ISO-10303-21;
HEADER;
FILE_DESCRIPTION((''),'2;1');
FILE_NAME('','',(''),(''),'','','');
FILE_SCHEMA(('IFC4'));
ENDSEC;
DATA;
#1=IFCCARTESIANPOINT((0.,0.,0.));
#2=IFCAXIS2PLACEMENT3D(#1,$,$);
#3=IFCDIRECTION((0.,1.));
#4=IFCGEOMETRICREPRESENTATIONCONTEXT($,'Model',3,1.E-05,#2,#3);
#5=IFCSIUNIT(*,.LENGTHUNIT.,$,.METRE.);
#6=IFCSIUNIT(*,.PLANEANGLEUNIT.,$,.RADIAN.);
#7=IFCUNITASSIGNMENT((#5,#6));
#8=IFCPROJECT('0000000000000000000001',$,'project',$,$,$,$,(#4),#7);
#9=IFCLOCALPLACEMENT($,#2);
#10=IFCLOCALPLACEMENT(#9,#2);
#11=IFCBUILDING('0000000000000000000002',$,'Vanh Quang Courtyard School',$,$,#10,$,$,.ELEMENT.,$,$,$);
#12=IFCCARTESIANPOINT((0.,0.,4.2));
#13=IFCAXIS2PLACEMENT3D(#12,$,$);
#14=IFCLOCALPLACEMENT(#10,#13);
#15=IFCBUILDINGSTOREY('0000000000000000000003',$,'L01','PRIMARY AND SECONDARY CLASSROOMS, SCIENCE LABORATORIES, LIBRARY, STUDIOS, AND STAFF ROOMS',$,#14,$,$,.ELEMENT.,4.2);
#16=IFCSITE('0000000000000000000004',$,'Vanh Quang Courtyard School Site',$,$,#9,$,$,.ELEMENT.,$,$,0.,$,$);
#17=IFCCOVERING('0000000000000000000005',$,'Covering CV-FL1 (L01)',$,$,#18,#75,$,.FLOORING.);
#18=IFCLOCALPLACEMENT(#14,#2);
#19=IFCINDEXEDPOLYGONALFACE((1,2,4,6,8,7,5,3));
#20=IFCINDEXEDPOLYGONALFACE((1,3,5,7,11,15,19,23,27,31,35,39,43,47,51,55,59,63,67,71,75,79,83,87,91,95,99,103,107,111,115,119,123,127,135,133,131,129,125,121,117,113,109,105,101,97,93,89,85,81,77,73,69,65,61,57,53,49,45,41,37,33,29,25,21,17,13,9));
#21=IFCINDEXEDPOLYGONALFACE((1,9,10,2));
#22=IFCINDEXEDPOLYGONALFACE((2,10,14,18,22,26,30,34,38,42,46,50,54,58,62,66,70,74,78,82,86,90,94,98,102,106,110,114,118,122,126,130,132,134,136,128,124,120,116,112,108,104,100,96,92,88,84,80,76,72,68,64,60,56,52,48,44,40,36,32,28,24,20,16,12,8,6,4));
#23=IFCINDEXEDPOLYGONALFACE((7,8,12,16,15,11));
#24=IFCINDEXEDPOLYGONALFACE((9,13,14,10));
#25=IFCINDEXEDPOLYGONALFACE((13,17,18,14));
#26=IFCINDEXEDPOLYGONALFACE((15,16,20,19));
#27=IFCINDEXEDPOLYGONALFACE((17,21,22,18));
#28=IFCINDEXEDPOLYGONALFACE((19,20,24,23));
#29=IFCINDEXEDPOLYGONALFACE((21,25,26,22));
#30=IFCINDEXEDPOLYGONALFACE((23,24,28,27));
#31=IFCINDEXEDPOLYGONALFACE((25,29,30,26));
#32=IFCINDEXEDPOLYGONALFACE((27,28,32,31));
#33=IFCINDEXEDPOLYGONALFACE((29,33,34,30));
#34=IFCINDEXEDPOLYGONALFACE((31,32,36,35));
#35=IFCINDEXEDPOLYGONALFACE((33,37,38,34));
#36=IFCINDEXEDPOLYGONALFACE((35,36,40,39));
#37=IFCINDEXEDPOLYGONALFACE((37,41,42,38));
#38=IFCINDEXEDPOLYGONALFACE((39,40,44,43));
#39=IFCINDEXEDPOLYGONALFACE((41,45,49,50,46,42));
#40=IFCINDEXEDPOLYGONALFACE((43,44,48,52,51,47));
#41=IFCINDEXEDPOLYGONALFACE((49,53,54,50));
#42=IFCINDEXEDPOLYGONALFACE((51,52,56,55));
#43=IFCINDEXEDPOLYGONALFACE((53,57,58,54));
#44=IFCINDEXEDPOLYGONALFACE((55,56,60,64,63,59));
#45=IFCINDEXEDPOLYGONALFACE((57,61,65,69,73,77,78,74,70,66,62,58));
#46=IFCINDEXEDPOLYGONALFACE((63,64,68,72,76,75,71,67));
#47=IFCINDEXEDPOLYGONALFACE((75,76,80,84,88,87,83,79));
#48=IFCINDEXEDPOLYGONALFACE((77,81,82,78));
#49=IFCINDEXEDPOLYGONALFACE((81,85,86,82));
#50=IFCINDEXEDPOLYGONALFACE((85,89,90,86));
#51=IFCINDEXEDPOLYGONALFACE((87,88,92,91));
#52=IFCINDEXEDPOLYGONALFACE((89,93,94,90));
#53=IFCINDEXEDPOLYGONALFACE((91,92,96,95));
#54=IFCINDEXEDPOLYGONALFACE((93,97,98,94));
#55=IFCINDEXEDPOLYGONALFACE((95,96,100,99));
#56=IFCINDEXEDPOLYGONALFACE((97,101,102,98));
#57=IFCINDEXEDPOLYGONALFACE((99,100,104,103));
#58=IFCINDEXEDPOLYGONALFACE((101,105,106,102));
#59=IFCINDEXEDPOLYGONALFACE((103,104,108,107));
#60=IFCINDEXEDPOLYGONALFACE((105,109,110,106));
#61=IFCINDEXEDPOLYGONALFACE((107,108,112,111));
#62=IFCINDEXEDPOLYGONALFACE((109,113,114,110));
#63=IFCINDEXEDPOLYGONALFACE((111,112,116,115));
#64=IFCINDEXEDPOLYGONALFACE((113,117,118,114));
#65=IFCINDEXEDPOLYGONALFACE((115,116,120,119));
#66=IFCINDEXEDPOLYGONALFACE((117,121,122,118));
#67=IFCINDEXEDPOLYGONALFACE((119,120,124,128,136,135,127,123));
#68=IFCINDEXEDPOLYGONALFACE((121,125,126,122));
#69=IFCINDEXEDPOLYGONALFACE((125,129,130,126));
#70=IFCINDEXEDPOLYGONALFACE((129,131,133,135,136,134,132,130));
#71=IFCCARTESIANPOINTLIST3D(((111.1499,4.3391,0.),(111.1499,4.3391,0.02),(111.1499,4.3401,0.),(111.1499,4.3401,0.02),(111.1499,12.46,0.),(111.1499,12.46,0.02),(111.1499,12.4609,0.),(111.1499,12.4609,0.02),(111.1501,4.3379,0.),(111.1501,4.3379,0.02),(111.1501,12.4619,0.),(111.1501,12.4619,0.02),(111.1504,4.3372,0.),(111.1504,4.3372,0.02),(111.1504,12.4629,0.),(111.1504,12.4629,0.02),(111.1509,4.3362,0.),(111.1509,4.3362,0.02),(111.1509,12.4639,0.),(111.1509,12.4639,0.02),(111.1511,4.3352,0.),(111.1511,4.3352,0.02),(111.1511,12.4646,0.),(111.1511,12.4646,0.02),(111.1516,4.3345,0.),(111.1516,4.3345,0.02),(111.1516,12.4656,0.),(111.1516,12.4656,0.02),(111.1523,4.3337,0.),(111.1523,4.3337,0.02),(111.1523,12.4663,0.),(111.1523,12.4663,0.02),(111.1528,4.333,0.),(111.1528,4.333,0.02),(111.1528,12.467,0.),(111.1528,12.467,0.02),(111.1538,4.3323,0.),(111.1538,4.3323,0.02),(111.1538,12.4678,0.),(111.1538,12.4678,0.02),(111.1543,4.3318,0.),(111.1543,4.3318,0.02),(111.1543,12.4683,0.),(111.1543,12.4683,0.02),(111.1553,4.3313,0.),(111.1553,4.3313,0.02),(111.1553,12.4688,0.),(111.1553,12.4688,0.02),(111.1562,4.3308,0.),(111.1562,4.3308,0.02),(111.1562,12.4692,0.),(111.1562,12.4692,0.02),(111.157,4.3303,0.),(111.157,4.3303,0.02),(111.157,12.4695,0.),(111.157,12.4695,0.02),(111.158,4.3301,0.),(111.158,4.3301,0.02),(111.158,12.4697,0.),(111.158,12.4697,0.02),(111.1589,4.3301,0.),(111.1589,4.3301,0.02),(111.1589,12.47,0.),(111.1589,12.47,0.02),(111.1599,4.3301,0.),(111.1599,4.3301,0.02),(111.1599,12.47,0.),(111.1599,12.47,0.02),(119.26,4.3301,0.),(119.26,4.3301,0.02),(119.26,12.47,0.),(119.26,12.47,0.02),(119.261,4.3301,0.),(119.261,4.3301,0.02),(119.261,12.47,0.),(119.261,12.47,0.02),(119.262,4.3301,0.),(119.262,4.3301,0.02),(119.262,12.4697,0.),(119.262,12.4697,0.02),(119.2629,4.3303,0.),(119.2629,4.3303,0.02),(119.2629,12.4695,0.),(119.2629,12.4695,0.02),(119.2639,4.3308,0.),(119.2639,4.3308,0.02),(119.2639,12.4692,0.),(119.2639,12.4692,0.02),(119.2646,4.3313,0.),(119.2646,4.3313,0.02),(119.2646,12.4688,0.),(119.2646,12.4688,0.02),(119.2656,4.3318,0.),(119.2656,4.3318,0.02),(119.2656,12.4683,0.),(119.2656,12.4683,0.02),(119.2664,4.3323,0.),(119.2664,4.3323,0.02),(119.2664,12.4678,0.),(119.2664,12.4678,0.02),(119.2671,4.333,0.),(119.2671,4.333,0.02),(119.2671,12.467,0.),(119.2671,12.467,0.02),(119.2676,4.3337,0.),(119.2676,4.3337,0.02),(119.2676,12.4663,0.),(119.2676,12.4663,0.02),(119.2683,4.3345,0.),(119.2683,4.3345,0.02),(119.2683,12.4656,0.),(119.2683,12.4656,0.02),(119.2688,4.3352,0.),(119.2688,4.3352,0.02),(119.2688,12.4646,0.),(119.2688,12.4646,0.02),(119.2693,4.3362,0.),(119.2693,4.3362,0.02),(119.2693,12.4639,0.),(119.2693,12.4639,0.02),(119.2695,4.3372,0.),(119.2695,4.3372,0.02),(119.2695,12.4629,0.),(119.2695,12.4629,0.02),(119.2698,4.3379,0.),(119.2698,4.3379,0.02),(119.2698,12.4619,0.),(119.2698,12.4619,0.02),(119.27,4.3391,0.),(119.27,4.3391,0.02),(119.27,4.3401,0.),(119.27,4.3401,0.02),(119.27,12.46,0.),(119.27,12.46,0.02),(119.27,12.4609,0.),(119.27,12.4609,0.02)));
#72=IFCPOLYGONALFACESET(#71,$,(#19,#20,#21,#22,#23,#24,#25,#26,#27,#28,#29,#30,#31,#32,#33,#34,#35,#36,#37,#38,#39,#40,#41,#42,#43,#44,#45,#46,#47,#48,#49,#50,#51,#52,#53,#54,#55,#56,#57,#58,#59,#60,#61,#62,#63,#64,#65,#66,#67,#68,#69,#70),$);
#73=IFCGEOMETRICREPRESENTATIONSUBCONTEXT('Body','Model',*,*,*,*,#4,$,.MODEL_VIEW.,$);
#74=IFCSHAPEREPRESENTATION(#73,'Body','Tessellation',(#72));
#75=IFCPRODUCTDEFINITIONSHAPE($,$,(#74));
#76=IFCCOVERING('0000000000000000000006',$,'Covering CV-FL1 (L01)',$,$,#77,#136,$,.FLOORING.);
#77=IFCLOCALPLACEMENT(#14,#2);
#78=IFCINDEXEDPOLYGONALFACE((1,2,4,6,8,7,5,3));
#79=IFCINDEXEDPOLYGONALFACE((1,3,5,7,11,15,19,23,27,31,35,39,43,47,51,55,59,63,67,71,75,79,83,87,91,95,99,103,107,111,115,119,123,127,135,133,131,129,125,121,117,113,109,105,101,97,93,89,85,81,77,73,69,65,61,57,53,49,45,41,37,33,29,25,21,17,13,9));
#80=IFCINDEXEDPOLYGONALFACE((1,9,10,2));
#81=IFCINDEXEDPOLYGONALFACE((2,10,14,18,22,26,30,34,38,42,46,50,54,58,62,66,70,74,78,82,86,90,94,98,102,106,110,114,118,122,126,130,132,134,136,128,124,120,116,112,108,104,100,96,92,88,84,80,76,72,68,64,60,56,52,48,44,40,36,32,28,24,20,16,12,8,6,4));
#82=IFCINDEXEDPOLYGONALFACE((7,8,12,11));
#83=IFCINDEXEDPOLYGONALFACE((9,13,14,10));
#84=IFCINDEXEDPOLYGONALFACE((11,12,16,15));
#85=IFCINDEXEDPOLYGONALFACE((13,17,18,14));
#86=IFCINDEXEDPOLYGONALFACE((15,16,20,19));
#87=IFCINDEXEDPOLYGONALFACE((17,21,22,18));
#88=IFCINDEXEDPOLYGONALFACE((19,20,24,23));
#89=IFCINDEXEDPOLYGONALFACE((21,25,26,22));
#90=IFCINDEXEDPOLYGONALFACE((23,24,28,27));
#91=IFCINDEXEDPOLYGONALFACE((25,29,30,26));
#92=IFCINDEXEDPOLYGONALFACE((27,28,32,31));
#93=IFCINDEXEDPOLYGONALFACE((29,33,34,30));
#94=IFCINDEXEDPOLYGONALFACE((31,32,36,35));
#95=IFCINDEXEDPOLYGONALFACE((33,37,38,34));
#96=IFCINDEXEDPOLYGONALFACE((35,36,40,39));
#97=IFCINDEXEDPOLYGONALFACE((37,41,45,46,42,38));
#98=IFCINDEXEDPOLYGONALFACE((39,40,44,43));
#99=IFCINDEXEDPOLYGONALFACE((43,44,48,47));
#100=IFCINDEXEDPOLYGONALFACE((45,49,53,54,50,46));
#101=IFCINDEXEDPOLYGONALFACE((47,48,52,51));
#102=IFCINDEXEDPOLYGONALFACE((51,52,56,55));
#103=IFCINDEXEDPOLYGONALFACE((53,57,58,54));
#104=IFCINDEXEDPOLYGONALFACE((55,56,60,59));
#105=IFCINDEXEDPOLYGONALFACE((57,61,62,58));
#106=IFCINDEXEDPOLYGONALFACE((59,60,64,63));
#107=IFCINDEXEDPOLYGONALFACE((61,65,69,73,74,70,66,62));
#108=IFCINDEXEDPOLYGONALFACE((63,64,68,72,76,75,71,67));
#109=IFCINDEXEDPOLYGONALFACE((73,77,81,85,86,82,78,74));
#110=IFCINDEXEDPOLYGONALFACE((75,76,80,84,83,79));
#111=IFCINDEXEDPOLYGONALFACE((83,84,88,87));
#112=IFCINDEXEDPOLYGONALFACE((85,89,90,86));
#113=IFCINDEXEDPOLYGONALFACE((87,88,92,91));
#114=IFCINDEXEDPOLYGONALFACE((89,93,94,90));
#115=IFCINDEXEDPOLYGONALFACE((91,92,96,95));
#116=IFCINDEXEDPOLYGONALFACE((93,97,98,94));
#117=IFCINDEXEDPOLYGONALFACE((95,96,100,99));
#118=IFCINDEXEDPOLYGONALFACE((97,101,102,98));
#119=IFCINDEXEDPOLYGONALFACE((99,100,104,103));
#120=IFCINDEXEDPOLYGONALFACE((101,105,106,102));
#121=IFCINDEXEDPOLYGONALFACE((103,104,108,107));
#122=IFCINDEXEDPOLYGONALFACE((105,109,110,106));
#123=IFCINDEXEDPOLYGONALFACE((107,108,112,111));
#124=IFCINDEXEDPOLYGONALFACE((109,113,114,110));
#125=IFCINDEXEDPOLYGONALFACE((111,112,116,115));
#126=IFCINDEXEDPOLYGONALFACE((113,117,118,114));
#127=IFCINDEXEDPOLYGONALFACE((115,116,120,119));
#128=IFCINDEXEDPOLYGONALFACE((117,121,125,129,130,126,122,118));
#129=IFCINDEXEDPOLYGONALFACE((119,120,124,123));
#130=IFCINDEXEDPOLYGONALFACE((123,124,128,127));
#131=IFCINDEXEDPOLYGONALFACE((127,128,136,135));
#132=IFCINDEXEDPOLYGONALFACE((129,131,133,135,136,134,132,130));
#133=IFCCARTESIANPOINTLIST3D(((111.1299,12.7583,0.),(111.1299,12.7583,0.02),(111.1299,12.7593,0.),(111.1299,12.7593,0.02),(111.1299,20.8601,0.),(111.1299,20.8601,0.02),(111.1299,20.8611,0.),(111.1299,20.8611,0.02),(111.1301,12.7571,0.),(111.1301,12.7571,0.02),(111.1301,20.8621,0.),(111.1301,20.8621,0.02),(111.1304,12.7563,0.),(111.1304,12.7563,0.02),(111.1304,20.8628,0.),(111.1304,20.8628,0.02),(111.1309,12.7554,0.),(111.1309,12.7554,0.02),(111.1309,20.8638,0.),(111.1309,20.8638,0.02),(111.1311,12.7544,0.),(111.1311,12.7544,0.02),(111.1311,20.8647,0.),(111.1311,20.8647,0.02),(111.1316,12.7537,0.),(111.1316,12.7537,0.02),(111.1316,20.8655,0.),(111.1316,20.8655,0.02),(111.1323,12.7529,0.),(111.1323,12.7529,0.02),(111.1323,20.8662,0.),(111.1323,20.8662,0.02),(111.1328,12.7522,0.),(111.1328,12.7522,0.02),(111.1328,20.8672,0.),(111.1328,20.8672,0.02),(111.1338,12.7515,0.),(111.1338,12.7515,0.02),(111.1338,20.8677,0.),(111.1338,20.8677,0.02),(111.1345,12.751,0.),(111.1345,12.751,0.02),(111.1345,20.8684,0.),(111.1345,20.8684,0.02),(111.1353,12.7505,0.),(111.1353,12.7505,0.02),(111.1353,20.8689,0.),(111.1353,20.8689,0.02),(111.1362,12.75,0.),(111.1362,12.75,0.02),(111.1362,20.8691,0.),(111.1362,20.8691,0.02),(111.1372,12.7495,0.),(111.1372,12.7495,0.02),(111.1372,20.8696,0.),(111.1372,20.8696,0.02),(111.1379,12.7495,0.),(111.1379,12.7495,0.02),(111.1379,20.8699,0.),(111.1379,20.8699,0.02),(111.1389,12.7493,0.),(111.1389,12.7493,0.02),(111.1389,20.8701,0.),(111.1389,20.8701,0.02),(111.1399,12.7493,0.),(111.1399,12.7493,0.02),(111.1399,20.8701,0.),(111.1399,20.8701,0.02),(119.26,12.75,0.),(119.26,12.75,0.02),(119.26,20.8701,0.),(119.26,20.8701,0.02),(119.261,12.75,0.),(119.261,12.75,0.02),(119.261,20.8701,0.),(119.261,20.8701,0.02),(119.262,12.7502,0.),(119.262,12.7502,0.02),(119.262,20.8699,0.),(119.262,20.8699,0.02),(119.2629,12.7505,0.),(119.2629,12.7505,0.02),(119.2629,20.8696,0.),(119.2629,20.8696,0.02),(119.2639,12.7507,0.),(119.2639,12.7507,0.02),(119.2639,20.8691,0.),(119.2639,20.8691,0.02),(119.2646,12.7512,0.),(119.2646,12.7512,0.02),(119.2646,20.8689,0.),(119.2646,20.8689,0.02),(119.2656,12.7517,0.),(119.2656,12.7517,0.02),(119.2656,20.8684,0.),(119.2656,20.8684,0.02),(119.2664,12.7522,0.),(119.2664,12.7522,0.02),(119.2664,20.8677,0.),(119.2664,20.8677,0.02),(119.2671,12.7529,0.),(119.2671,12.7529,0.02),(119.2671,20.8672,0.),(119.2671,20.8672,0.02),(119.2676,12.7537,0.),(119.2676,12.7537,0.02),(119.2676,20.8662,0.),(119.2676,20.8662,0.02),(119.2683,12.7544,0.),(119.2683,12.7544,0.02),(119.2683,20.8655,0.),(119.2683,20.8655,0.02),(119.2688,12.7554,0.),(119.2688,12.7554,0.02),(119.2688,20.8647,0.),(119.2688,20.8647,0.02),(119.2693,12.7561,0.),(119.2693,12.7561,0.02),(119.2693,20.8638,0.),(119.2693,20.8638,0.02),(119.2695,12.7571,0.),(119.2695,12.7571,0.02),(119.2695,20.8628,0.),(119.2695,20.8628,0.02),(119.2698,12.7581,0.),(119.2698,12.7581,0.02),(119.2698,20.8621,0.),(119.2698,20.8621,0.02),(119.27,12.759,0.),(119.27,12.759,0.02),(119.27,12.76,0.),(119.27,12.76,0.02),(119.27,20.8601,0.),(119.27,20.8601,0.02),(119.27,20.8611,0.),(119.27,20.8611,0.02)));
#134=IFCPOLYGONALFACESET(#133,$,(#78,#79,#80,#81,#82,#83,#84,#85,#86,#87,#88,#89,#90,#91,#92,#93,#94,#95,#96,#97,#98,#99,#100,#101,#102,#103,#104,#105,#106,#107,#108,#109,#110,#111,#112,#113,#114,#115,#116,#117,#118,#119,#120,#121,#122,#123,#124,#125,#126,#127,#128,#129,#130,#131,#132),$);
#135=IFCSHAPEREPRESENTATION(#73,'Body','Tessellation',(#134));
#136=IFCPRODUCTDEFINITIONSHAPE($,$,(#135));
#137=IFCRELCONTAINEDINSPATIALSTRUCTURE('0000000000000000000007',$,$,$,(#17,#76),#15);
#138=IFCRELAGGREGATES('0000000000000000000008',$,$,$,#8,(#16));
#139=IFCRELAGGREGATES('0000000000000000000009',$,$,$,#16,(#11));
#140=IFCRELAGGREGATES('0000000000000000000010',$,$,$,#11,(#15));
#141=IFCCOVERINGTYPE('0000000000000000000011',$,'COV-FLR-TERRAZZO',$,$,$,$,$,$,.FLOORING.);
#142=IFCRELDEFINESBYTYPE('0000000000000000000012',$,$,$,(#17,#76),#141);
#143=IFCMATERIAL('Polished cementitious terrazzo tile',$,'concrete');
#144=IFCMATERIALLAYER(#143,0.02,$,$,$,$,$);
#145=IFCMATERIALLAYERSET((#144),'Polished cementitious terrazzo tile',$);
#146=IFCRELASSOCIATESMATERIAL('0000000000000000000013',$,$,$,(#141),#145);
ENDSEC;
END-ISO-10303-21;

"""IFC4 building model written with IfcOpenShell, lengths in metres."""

from ifc_helpers import new_model, si_unit, direction, frame, origin, place, context, subcontext, project, spatial, polyline, outline, extrude, material, layer, layer_set, type_object, element, save


model = new_model("IFC4")

# Units and contexts
model_context = context("Model", 3, precision=1e-05, world=origin(), true_north=direction((0.0, 1.0)))
body_context = subcontext(model_context, "Body", "Model", "MODEL_VIEW")
ifc_project = project(units=[si_unit("LENGTHUNIT", "METRE"), si_unit("PLANEANGLEUNIT", "RADIAN")], contexts=[model_context])

# Site, building, storey
site_placement = place(None, origin())
site = spatial("IfcSite", under=ifc_project, at=site_placement, Name="Vanh Quang Courtyard School Site", CompositionType="ELEMENT", RefElevation=0.0)
building_placement = place(site_placement, origin())
building = spatial("IfcBuilding", under=site, at=building_placement, Name="Vanh Quang Courtyard School", CompositionType="ELEMENT")
storey_placement = place(building_placement, frame((0.0, 0.0, 4.2)))
storey = spatial("IfcBuildingStorey", under=building, at=storey_placement, Name="L01", Description="PRIMARY AND SECONDARY CLASSROOMS, SCIENCE LABORATORIES, LIBRARY, STUDIOS, AND STAFF ROOMS", CompositionType="ELEMENT", Elevation=4.2)

# Coverings
ifc_material_1 = material(Name="Polished cementitious terrazzo tile", Category="concrete")
ifc_layer_1 = layer(ifc_material_1, 0.02)
ifc_layer_set_1 = layer_set([ifc_layer_1], Name="Polished cementitious terrazzo tile")
covering_type_1 = type_object("IfcCoveringType", Name="COV-FLR-TERRAZZO", PredefinedType="FLOORING", material=ifc_layer_set_1)
covering_1_placement = place(storey_placement, origin())
element("IfcCovering", 1, at=covering_1_placement, inside=storey, type_object=covering_type_1, Name="Covering CV-FL1 (L01)", PredefinedType="FLOORING", context=body_context, shape_type="SweptSolid", body=[
    extrude(outline(polyline([(111.1599, 4.3301), (111.1589, 4.3301), (111.158, 4.3301), (111.157, 4.3303), (111.1562, 4.3308), (111.1553, 4.3313), (111.1543, 4.3318), (111.1538, 4.3323), (111.1528, 4.333), (111.1523, 4.3337), (111.1516, 4.3345), (111.1511, 4.3352), (111.1509, 4.3362), (111.1504, 4.3372), (111.1501, 4.3379), (111.1499, 4.3391), (111.1499, 4.3401), (111.1499, 12.46), (111.1499, 12.4609), (111.1501, 12.4619), (111.1504, 12.4629), (111.1509, 12.4639), (111.1511, 12.4646), (111.1516, 12.4656), (111.1523, 12.4663), (111.1528, 12.467), (111.1538, 12.4678), (111.1543, 12.4683), (111.1553, 12.4688), (111.1562, 12.4692), (111.157, 12.4695), (111.158, 12.4697), (111.1589, 12.47), (111.1599, 12.47), (119.26, 12.47), (119.261, 12.47), (119.262, 12.4697), (119.2629, 12.4695), (119.2639, 12.4692), (119.2646, 12.4688), (119.2656, 12.4683), (119.2664, 12.4678), (119.2671, 12.467), (119.2676, 12.4663), (119.2683, 12.4656), (119.2688, 12.4646), (119.2693, 12.4639), (119.2695, 12.4629), (119.2698, 12.4619), (119.27, 12.4609), (119.27, 12.46), (119.27, 4.3401), (119.27, 4.3391), (119.2698, 4.3379), (119.2695, 4.3372), (119.2693, 4.3362), (119.2688, 4.3352), (119.2683, 4.3345), (119.2676, 4.3337), (119.2671, 4.333), (119.2664, 4.3323), (119.2656, 4.3318), (119.2646, 4.3313), (119.2639, 4.3308), (119.2629, 4.3303), (119.262, 4.3301), (119.261, 4.3301), (119.26, 4.3301), (111.1599, 4.3301)])), origin(), (0.0, 0.0, 1.0), 0.02),
])
covering_2_placement = place(storey_placement, origin())
element("IfcCovering", 2, at=covering_2_placement, inside=storey, type_object=covering_type_1, Name="Covering CV-FL1 (L01)", PredefinedType="FLOORING", context=body_context, shape_type="SweptSolid", body=[
    extrude(outline(polyline([(111.1399, 12.7493), (111.1389, 12.7493), (111.1379, 12.7495), (111.1372, 12.7495), (111.1362, 12.75), (111.1353, 12.7505), (111.1345, 12.751), (111.1338, 12.7515), (111.1328, 12.7522), (111.1323, 12.7529), (111.1316, 12.7537), (111.1311, 12.7544), (111.1309, 12.7554), (111.1304, 12.7563), (111.1301, 12.7571), (111.1299, 12.7583), (111.1299, 12.7593), (111.1299, 20.8601), (111.1299, 20.8611), (111.1301, 20.8621), (111.1304, 20.8628), (111.1309, 20.8638), (111.1311, 20.8647), (111.1316, 20.8655), (111.1323, 20.8662), (111.1328, 20.8672), (111.1338, 20.8677), (111.1345, 20.8684), (111.1353, 20.8689), (111.1362, 20.8691), (111.1372, 20.8696), (111.1379, 20.8699), (111.1389, 20.8701), (111.1399, 20.8701), (119.26, 20.8701), (119.261, 20.8701), (119.262, 20.8699), (119.2629, 20.8696), (119.2639, 20.8691), (119.2646, 20.8689), (119.2656, 20.8684), (119.2664, 20.8677), (119.2671, 20.8672), (119.2676, 20.8662), (119.2683, 20.8655), (119.2688, 20.8647), (119.2693, 20.8638), (119.2695, 20.8628), (119.2698, 20.8621), (119.27, 20.8611), (119.27, 20.8601), (119.27, 12.76), (119.27, 12.759), (119.2698, 12.7581), (119.2695, 12.7571), (119.2693, 12.7561), (119.2688, 12.7554), (119.2683, 12.7544), (119.2676, 12.7537), (119.2671, 12.7529), (119.2664, 12.7522), (119.2656, 12.7517), (119.2646, 12.7512), (119.2639, 12.7507), (119.2629, 12.7505), (119.262, 12.7502), (119.261, 12.75), (119.26, 12.75), (111.1399, 12.7493)])), origin(), (0.0, 0.0, 1.0), 0.02),
])

save(model, "model.ifc")
